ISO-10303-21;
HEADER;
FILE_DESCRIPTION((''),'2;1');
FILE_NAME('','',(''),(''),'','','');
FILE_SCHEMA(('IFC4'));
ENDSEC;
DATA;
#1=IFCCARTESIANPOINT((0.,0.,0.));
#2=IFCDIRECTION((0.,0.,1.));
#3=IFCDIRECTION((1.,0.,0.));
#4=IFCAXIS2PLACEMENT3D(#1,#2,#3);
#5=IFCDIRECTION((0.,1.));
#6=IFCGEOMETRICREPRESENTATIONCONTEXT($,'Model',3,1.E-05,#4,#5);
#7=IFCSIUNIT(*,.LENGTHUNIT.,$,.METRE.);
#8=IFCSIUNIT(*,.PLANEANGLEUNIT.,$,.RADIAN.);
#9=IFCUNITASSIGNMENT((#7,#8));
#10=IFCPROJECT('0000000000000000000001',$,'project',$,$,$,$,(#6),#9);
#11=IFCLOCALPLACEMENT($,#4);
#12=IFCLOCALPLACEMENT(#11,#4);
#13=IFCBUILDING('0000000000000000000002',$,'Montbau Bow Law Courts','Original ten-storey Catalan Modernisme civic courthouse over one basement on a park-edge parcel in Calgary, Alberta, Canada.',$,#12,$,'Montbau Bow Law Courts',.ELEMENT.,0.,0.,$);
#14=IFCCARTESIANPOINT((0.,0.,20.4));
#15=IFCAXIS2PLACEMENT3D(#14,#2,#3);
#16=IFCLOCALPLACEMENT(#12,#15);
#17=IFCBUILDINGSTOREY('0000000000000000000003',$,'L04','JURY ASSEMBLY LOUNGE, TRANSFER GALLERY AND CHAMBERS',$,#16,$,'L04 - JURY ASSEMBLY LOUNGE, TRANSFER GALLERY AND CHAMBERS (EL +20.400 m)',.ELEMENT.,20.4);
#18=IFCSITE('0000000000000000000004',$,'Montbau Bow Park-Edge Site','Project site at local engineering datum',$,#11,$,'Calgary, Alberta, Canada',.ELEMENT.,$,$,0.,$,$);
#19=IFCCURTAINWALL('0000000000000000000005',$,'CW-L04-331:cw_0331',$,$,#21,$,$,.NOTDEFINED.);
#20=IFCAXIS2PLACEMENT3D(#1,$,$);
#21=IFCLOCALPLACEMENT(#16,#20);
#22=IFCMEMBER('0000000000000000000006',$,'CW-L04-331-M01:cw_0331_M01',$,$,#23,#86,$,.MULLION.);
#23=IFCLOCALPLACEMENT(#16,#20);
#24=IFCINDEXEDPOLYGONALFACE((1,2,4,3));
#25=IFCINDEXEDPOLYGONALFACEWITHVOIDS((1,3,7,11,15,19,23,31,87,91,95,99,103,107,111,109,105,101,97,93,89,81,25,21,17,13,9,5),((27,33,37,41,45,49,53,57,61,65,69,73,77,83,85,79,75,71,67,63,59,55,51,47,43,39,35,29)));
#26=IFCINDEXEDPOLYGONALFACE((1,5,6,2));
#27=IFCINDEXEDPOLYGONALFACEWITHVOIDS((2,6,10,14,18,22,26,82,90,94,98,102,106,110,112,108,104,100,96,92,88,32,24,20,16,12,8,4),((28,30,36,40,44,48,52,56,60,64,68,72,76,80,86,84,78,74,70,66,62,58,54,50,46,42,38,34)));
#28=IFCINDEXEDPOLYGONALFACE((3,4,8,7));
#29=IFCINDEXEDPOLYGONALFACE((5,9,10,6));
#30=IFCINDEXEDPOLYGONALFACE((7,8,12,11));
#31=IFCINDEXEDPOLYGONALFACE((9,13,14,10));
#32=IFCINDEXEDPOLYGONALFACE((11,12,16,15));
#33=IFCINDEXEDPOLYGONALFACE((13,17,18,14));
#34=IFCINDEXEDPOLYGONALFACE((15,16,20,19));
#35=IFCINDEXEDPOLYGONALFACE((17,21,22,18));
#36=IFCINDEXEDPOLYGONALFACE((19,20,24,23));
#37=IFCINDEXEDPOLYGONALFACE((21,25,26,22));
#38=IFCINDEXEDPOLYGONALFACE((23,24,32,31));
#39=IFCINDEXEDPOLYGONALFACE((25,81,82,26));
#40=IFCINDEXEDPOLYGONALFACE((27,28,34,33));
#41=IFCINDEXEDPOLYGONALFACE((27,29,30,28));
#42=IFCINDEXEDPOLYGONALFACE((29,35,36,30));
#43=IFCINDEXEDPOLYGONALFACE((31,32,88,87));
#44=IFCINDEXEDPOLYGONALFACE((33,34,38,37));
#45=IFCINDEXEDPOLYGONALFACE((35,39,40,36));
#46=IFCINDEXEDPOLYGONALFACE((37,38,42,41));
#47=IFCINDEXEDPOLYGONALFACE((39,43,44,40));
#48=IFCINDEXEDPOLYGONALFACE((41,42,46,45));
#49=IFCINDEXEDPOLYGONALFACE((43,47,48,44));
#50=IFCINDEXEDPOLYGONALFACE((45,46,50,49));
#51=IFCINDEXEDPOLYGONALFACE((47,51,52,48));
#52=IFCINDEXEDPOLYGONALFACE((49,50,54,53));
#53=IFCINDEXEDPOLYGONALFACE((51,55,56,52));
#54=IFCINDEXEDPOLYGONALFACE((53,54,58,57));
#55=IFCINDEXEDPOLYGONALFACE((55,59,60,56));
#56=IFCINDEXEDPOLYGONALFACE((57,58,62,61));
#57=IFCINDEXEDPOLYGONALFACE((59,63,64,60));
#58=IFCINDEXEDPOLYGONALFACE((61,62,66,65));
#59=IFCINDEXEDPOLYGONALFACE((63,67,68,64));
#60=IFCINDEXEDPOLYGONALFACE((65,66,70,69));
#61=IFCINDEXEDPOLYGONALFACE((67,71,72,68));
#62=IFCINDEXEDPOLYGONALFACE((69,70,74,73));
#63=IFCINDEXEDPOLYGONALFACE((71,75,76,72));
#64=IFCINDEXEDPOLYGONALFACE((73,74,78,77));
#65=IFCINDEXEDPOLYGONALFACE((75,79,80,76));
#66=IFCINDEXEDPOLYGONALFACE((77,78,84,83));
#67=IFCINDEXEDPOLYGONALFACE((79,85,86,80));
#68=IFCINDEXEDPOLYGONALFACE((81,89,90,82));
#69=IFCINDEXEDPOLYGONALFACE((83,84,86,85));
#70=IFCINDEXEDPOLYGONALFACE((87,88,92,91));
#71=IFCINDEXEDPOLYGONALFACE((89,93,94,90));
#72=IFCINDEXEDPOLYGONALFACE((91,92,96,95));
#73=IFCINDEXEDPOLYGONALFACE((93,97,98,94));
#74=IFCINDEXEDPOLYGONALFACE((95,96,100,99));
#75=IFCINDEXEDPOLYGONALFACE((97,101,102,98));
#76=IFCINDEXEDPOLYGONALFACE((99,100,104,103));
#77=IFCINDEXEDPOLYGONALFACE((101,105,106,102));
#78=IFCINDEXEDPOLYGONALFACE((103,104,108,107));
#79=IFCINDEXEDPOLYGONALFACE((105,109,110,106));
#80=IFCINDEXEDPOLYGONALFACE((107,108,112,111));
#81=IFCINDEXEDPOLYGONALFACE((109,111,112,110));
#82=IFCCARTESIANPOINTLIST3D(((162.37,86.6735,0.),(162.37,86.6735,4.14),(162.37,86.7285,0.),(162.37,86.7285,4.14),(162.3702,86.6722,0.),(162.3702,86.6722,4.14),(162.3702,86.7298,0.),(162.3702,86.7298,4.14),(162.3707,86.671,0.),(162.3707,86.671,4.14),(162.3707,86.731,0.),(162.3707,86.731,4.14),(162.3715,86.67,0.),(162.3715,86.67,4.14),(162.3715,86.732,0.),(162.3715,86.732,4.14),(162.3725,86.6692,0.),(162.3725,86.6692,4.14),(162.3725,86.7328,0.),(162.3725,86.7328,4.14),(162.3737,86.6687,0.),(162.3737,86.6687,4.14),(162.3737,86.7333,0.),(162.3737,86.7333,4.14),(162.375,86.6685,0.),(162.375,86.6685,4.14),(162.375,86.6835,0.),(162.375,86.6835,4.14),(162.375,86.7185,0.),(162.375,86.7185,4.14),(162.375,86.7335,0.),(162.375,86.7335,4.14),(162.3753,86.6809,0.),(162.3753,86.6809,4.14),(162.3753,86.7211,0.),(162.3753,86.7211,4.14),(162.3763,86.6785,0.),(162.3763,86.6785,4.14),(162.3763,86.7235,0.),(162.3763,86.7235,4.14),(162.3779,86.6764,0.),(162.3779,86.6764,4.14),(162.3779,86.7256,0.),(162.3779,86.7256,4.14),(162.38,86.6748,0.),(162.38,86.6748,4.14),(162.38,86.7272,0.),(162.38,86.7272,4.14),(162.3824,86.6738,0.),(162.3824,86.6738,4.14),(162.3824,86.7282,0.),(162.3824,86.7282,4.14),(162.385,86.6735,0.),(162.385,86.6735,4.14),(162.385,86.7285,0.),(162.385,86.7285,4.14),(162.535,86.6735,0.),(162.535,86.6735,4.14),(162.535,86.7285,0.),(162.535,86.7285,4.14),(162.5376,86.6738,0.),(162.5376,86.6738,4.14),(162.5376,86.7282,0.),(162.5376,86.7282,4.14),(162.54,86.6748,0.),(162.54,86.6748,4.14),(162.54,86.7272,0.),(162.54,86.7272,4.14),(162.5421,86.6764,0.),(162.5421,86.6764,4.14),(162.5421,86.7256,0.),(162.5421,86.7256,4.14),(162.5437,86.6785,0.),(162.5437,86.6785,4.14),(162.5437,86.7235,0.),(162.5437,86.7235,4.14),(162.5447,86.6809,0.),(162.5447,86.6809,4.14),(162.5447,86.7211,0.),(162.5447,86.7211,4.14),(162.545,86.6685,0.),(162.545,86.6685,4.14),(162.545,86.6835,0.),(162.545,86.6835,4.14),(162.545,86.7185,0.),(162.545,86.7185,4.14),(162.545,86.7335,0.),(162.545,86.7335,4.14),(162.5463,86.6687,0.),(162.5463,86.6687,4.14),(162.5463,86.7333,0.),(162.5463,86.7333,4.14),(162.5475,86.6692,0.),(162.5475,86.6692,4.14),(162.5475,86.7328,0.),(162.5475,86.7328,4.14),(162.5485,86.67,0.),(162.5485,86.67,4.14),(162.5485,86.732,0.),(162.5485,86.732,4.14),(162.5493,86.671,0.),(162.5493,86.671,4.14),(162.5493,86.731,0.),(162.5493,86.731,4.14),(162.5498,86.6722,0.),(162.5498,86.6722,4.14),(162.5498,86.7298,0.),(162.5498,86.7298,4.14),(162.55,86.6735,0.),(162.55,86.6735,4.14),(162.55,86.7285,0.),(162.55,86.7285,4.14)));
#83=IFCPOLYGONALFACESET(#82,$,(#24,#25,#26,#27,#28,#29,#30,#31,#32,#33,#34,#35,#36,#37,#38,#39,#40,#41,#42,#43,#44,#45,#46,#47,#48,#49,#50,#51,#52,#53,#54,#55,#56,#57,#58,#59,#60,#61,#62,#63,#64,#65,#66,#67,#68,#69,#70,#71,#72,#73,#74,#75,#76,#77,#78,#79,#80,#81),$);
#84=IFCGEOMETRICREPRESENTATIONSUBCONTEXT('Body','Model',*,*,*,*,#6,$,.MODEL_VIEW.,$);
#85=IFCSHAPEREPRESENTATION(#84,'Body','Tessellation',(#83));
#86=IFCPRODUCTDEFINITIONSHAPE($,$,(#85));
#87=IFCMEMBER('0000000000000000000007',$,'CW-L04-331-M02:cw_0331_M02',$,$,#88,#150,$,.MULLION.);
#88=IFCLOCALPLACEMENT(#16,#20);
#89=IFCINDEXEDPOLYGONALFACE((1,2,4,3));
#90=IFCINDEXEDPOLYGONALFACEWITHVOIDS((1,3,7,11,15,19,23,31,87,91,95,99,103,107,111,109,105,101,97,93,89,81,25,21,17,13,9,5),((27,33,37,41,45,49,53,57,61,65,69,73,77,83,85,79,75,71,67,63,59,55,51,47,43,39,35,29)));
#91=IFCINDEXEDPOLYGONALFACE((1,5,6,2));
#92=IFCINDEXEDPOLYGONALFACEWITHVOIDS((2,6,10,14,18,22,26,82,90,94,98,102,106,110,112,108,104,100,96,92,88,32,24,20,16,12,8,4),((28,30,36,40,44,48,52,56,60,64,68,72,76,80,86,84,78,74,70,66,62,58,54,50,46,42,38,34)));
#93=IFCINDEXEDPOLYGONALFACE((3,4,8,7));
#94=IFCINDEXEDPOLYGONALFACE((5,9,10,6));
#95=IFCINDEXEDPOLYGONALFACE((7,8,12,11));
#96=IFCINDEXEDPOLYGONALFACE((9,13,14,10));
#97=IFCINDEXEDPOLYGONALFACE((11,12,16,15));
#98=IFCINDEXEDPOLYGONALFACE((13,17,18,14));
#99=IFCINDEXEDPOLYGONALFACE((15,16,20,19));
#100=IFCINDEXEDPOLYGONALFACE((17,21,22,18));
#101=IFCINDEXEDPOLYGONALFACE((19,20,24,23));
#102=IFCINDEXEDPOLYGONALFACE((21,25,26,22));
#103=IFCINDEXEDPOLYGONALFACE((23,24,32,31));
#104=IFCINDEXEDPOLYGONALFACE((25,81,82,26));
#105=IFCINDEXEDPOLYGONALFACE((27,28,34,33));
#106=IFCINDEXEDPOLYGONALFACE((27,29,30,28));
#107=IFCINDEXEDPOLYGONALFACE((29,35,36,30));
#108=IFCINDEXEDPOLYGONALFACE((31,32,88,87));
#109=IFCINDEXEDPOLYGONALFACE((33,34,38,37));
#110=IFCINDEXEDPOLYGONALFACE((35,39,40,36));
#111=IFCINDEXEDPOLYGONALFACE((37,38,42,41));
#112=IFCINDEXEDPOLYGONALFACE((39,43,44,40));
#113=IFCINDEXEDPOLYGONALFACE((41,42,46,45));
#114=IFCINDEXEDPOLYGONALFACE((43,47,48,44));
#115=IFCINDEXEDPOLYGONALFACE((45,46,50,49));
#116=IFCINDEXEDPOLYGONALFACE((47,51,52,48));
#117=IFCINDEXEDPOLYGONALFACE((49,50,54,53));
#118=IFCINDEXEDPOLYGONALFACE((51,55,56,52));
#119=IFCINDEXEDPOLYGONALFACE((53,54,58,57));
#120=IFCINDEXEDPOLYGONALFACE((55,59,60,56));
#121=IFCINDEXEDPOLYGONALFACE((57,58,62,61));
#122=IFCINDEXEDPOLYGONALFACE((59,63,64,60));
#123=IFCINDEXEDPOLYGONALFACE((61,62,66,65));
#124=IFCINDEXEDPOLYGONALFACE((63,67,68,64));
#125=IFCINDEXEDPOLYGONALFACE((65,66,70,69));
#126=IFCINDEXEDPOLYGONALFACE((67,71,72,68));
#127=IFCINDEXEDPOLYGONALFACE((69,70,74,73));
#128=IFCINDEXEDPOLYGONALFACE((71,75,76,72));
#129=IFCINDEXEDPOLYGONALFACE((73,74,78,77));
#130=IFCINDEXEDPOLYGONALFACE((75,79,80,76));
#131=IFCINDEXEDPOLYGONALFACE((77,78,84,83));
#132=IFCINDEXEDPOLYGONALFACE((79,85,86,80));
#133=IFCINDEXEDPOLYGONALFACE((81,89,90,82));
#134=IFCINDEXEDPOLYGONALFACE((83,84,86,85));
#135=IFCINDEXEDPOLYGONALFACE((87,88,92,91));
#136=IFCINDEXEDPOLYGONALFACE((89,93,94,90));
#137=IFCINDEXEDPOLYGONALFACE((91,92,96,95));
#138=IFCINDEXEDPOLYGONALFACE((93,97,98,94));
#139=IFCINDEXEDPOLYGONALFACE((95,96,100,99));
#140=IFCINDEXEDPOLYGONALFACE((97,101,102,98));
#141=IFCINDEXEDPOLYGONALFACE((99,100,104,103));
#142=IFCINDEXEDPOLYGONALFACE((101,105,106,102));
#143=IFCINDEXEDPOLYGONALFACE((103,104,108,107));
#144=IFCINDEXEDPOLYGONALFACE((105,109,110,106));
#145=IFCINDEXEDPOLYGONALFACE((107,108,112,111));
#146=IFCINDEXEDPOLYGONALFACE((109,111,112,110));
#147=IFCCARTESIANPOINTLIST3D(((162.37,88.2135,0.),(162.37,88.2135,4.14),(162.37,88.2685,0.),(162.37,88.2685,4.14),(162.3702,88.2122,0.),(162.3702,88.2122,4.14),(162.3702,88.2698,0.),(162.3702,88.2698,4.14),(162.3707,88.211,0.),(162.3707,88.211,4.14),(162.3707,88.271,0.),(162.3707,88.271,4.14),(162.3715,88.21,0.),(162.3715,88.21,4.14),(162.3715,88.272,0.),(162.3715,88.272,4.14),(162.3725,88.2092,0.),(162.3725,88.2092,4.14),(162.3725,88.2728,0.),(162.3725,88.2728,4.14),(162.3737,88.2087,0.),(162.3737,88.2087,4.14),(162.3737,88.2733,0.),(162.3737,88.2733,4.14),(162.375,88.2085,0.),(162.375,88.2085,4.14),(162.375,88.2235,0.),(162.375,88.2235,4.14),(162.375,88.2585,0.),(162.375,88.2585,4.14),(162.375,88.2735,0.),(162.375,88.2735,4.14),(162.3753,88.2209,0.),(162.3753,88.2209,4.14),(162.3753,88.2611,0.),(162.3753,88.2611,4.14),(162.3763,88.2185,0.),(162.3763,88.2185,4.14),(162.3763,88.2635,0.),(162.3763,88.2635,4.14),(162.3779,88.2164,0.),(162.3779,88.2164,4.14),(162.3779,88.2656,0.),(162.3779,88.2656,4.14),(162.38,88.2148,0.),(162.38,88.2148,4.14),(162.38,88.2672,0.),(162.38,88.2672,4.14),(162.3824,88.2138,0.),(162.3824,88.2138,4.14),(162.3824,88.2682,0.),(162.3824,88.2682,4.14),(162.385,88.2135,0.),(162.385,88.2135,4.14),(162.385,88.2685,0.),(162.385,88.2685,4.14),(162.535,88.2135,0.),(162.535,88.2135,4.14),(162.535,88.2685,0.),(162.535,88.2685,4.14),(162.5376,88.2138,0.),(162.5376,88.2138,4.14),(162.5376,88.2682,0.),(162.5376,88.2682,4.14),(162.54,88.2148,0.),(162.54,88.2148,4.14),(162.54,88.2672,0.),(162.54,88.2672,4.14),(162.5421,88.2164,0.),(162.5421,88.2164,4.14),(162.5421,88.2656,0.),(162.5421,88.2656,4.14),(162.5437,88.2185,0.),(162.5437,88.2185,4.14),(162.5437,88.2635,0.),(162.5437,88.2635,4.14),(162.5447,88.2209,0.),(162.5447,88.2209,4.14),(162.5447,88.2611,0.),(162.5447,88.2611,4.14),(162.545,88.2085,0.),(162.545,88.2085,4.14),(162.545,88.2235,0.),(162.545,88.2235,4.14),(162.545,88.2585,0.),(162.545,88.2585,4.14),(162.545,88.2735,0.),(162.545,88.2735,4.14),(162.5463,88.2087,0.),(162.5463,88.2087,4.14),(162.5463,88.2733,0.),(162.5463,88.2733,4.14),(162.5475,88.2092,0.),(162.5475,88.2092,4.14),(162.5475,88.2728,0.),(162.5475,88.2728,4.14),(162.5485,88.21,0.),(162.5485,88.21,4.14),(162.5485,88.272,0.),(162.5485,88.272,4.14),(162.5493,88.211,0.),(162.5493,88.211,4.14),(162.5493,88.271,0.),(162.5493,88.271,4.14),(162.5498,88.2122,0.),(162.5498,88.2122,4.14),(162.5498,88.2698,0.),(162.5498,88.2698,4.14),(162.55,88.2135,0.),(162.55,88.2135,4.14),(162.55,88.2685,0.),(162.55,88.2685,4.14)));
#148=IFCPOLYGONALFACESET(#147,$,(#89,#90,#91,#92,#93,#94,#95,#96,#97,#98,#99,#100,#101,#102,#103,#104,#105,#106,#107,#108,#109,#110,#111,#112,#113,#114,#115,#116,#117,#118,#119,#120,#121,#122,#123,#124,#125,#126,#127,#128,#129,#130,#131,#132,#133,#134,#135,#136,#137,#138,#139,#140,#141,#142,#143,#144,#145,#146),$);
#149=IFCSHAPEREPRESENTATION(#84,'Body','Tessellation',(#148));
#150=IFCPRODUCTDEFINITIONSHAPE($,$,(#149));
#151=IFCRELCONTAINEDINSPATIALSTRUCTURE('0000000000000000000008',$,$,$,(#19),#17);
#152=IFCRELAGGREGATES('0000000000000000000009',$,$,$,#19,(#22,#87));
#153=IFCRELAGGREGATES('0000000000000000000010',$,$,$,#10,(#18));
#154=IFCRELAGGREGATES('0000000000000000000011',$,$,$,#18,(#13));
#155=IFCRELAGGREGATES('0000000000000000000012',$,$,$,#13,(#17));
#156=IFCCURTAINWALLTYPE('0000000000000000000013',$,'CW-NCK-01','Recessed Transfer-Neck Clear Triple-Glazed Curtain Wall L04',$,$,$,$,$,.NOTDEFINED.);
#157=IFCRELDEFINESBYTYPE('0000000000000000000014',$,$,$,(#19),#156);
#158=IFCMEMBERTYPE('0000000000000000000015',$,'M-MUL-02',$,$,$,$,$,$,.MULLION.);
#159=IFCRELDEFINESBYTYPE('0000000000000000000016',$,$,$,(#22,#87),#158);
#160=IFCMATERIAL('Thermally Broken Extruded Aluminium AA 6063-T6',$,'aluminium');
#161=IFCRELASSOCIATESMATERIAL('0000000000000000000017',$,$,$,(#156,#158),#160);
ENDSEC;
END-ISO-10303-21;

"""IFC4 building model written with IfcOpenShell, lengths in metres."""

from ifc_helpers import new_model, si_unit, direction, frame, origin_with_axes, origin_2d_with_axis, place, context, subcontext, project, spatial, hollow_rectangle, extrude, material, material_profile, profile_set, type_object, element, aggregate, save


model = new_model("IFC4")

# Units and contexts
model_context = context("Model", 3, precision=1e-05, world=origin_with_axes(), true_north=direction((0.0, 1.0)))
body_context = subcontext(model_context, "Body", "Model", "MODEL_VIEW")
ifc_project = project(units=[si_unit("LENGTHUNIT", "METRE"), si_unit("PLANEANGLEUNIT", "RADIAN")], contexts=[model_context])

# Site, building, storey
site_placement = place(None, origin_with_axes())
site = spatial("IfcSite", under=ifc_project, at=site_placement, Name="Montbau Bow Park-Edge Site", Description="Project site at local engineering datum", LongName="Calgary, Alberta, Canada", CompositionType="ELEMENT", RefElevation=0.0)
building_placement = place(site_placement, origin_with_axes())
building = spatial("IfcBuilding", under=site, at=building_placement, Name="Montbau Bow Law Courts", Description="Original ten-storey Catalan Modernisme civic courthouse over one basement on a park-edge parcel in Calgary, Alberta, Canada.", LongName="Montbau Bow Law Courts", CompositionType="ELEMENT", ElevationOfRefHeight=0.0, ElevationOfTerrain=0.0)
storey_placement = place(building_placement, frame((0.0, 0.0, 20.4), z_axis=(0.0, 0.0, 1.0), x_axis=(1.0, 0.0, 0.0)))
storey = spatial("IfcBuildingStorey", under=building, at=storey_placement, Name="L04", Description="JURY ASSEMBLY LOUNGE, TRANSFER GALLERY AND CHAMBERS", LongName="L04 - JURY ASSEMBLY LOUNGE, TRANSFER GALLERY AND CHAMBERS (EL +20.400 m)", CompositionType="ELEMENT", Elevation=20.4)

# Shared definitions
ifc_material_1 = material(Name="Thermally Broken Extruded Aluminium AA 6063-T6", Category="aluminium")
curtain_wall_type = type_object("IfcCurtainWallType", Name="CW-NCK-01", Description="Recessed Transfer-Neck Clear Triple-Glazed Curtain Wall L04", PredefinedType="NOTDEFINED", material=ifc_material_1)

# Curtain wall, members
curtain_wall_1_placement = place(None, frame((162.46, 86.668, 20.4), z_axis=(0.0, 0.0, 1.0), x_axis=(1.0, 0.0, 0.0)))
curtain_wall_1 = element("IfcCurtainWall", 1, at=curtain_wall_1_placement, inside=storey, type_object=curtain_wall_type, Name="CW-L04-331:cw_0331", PredefinedType="NOTDEFINED")
ifc_material_profile_1 = material_profile(ifc_material_1, hollow_rectangle(XDim=0.065, YDim=0.18, WallThickness=0.005, InnerFilletRadius=0.01, OuterFilletRadius=0.005, at=origin_2d_with_axis()), Name="CWM-180X65", Category="Main", Priority=0)
ifc_profile_set_1 = profile_set([ifc_material_profile_1], Name="Thermally Broken Extruded Aluminium AA 6063-T6")
member_type_1 = type_object("IfcMemberType", Name="M-MUL-02", PredefinedType="MULLION", material=ifc_profile_set_1)
member_1_placement = place(None, frame((162.46, 86.701, 20.4), z_axis=(0.0, 0.0, 1.0), x_axis=(0.0, 1.0, 0.0)))
member_1 = element("IfcMember", 2, at=member_1_placement, type_object=member_type_1, Name="CW-L04-331-M01:cw_0331_M01", PredefinedType="MULLION", context=body_context, shape_type="SweptSolid", body=[
    extrude(hollow_rectangle(XDim=0.065, YDim=0.18, WallThickness=0.005, InnerFilletRadius=0.01, OuterFilletRadius=0.005, at=origin_2d_with_axis()), origin_with_axes(), (0.0, 0.0, 1.0), 4.14),
])
member_2_placement = place(None, frame((162.46, 88.241, 20.4), z_axis=(0.0, 0.0, 1.0), x_axis=(0.0, 1.0, 0.0)))
member_2 = element("IfcMember", 3, at=member_2_placement, type_object=member_type_1, Name="CW-L04-331-M02:cw_0331_M02", PredefinedType="MULLION", context=body_context, shape_type="SweptSolid", body=[
    extrude(hollow_rectangle(XDim=0.065, YDim=0.18, WallThickness=0.005, InnerFilletRadius=0.01, OuterFilletRadius=0.005, at=origin_2d_with_axis()), origin_with_axes(), (0.0, 0.0, 1.0), 4.14),
])
aggregate(curtain_wall_1, [member_1, member_2])

save(model, "model.ifc")
